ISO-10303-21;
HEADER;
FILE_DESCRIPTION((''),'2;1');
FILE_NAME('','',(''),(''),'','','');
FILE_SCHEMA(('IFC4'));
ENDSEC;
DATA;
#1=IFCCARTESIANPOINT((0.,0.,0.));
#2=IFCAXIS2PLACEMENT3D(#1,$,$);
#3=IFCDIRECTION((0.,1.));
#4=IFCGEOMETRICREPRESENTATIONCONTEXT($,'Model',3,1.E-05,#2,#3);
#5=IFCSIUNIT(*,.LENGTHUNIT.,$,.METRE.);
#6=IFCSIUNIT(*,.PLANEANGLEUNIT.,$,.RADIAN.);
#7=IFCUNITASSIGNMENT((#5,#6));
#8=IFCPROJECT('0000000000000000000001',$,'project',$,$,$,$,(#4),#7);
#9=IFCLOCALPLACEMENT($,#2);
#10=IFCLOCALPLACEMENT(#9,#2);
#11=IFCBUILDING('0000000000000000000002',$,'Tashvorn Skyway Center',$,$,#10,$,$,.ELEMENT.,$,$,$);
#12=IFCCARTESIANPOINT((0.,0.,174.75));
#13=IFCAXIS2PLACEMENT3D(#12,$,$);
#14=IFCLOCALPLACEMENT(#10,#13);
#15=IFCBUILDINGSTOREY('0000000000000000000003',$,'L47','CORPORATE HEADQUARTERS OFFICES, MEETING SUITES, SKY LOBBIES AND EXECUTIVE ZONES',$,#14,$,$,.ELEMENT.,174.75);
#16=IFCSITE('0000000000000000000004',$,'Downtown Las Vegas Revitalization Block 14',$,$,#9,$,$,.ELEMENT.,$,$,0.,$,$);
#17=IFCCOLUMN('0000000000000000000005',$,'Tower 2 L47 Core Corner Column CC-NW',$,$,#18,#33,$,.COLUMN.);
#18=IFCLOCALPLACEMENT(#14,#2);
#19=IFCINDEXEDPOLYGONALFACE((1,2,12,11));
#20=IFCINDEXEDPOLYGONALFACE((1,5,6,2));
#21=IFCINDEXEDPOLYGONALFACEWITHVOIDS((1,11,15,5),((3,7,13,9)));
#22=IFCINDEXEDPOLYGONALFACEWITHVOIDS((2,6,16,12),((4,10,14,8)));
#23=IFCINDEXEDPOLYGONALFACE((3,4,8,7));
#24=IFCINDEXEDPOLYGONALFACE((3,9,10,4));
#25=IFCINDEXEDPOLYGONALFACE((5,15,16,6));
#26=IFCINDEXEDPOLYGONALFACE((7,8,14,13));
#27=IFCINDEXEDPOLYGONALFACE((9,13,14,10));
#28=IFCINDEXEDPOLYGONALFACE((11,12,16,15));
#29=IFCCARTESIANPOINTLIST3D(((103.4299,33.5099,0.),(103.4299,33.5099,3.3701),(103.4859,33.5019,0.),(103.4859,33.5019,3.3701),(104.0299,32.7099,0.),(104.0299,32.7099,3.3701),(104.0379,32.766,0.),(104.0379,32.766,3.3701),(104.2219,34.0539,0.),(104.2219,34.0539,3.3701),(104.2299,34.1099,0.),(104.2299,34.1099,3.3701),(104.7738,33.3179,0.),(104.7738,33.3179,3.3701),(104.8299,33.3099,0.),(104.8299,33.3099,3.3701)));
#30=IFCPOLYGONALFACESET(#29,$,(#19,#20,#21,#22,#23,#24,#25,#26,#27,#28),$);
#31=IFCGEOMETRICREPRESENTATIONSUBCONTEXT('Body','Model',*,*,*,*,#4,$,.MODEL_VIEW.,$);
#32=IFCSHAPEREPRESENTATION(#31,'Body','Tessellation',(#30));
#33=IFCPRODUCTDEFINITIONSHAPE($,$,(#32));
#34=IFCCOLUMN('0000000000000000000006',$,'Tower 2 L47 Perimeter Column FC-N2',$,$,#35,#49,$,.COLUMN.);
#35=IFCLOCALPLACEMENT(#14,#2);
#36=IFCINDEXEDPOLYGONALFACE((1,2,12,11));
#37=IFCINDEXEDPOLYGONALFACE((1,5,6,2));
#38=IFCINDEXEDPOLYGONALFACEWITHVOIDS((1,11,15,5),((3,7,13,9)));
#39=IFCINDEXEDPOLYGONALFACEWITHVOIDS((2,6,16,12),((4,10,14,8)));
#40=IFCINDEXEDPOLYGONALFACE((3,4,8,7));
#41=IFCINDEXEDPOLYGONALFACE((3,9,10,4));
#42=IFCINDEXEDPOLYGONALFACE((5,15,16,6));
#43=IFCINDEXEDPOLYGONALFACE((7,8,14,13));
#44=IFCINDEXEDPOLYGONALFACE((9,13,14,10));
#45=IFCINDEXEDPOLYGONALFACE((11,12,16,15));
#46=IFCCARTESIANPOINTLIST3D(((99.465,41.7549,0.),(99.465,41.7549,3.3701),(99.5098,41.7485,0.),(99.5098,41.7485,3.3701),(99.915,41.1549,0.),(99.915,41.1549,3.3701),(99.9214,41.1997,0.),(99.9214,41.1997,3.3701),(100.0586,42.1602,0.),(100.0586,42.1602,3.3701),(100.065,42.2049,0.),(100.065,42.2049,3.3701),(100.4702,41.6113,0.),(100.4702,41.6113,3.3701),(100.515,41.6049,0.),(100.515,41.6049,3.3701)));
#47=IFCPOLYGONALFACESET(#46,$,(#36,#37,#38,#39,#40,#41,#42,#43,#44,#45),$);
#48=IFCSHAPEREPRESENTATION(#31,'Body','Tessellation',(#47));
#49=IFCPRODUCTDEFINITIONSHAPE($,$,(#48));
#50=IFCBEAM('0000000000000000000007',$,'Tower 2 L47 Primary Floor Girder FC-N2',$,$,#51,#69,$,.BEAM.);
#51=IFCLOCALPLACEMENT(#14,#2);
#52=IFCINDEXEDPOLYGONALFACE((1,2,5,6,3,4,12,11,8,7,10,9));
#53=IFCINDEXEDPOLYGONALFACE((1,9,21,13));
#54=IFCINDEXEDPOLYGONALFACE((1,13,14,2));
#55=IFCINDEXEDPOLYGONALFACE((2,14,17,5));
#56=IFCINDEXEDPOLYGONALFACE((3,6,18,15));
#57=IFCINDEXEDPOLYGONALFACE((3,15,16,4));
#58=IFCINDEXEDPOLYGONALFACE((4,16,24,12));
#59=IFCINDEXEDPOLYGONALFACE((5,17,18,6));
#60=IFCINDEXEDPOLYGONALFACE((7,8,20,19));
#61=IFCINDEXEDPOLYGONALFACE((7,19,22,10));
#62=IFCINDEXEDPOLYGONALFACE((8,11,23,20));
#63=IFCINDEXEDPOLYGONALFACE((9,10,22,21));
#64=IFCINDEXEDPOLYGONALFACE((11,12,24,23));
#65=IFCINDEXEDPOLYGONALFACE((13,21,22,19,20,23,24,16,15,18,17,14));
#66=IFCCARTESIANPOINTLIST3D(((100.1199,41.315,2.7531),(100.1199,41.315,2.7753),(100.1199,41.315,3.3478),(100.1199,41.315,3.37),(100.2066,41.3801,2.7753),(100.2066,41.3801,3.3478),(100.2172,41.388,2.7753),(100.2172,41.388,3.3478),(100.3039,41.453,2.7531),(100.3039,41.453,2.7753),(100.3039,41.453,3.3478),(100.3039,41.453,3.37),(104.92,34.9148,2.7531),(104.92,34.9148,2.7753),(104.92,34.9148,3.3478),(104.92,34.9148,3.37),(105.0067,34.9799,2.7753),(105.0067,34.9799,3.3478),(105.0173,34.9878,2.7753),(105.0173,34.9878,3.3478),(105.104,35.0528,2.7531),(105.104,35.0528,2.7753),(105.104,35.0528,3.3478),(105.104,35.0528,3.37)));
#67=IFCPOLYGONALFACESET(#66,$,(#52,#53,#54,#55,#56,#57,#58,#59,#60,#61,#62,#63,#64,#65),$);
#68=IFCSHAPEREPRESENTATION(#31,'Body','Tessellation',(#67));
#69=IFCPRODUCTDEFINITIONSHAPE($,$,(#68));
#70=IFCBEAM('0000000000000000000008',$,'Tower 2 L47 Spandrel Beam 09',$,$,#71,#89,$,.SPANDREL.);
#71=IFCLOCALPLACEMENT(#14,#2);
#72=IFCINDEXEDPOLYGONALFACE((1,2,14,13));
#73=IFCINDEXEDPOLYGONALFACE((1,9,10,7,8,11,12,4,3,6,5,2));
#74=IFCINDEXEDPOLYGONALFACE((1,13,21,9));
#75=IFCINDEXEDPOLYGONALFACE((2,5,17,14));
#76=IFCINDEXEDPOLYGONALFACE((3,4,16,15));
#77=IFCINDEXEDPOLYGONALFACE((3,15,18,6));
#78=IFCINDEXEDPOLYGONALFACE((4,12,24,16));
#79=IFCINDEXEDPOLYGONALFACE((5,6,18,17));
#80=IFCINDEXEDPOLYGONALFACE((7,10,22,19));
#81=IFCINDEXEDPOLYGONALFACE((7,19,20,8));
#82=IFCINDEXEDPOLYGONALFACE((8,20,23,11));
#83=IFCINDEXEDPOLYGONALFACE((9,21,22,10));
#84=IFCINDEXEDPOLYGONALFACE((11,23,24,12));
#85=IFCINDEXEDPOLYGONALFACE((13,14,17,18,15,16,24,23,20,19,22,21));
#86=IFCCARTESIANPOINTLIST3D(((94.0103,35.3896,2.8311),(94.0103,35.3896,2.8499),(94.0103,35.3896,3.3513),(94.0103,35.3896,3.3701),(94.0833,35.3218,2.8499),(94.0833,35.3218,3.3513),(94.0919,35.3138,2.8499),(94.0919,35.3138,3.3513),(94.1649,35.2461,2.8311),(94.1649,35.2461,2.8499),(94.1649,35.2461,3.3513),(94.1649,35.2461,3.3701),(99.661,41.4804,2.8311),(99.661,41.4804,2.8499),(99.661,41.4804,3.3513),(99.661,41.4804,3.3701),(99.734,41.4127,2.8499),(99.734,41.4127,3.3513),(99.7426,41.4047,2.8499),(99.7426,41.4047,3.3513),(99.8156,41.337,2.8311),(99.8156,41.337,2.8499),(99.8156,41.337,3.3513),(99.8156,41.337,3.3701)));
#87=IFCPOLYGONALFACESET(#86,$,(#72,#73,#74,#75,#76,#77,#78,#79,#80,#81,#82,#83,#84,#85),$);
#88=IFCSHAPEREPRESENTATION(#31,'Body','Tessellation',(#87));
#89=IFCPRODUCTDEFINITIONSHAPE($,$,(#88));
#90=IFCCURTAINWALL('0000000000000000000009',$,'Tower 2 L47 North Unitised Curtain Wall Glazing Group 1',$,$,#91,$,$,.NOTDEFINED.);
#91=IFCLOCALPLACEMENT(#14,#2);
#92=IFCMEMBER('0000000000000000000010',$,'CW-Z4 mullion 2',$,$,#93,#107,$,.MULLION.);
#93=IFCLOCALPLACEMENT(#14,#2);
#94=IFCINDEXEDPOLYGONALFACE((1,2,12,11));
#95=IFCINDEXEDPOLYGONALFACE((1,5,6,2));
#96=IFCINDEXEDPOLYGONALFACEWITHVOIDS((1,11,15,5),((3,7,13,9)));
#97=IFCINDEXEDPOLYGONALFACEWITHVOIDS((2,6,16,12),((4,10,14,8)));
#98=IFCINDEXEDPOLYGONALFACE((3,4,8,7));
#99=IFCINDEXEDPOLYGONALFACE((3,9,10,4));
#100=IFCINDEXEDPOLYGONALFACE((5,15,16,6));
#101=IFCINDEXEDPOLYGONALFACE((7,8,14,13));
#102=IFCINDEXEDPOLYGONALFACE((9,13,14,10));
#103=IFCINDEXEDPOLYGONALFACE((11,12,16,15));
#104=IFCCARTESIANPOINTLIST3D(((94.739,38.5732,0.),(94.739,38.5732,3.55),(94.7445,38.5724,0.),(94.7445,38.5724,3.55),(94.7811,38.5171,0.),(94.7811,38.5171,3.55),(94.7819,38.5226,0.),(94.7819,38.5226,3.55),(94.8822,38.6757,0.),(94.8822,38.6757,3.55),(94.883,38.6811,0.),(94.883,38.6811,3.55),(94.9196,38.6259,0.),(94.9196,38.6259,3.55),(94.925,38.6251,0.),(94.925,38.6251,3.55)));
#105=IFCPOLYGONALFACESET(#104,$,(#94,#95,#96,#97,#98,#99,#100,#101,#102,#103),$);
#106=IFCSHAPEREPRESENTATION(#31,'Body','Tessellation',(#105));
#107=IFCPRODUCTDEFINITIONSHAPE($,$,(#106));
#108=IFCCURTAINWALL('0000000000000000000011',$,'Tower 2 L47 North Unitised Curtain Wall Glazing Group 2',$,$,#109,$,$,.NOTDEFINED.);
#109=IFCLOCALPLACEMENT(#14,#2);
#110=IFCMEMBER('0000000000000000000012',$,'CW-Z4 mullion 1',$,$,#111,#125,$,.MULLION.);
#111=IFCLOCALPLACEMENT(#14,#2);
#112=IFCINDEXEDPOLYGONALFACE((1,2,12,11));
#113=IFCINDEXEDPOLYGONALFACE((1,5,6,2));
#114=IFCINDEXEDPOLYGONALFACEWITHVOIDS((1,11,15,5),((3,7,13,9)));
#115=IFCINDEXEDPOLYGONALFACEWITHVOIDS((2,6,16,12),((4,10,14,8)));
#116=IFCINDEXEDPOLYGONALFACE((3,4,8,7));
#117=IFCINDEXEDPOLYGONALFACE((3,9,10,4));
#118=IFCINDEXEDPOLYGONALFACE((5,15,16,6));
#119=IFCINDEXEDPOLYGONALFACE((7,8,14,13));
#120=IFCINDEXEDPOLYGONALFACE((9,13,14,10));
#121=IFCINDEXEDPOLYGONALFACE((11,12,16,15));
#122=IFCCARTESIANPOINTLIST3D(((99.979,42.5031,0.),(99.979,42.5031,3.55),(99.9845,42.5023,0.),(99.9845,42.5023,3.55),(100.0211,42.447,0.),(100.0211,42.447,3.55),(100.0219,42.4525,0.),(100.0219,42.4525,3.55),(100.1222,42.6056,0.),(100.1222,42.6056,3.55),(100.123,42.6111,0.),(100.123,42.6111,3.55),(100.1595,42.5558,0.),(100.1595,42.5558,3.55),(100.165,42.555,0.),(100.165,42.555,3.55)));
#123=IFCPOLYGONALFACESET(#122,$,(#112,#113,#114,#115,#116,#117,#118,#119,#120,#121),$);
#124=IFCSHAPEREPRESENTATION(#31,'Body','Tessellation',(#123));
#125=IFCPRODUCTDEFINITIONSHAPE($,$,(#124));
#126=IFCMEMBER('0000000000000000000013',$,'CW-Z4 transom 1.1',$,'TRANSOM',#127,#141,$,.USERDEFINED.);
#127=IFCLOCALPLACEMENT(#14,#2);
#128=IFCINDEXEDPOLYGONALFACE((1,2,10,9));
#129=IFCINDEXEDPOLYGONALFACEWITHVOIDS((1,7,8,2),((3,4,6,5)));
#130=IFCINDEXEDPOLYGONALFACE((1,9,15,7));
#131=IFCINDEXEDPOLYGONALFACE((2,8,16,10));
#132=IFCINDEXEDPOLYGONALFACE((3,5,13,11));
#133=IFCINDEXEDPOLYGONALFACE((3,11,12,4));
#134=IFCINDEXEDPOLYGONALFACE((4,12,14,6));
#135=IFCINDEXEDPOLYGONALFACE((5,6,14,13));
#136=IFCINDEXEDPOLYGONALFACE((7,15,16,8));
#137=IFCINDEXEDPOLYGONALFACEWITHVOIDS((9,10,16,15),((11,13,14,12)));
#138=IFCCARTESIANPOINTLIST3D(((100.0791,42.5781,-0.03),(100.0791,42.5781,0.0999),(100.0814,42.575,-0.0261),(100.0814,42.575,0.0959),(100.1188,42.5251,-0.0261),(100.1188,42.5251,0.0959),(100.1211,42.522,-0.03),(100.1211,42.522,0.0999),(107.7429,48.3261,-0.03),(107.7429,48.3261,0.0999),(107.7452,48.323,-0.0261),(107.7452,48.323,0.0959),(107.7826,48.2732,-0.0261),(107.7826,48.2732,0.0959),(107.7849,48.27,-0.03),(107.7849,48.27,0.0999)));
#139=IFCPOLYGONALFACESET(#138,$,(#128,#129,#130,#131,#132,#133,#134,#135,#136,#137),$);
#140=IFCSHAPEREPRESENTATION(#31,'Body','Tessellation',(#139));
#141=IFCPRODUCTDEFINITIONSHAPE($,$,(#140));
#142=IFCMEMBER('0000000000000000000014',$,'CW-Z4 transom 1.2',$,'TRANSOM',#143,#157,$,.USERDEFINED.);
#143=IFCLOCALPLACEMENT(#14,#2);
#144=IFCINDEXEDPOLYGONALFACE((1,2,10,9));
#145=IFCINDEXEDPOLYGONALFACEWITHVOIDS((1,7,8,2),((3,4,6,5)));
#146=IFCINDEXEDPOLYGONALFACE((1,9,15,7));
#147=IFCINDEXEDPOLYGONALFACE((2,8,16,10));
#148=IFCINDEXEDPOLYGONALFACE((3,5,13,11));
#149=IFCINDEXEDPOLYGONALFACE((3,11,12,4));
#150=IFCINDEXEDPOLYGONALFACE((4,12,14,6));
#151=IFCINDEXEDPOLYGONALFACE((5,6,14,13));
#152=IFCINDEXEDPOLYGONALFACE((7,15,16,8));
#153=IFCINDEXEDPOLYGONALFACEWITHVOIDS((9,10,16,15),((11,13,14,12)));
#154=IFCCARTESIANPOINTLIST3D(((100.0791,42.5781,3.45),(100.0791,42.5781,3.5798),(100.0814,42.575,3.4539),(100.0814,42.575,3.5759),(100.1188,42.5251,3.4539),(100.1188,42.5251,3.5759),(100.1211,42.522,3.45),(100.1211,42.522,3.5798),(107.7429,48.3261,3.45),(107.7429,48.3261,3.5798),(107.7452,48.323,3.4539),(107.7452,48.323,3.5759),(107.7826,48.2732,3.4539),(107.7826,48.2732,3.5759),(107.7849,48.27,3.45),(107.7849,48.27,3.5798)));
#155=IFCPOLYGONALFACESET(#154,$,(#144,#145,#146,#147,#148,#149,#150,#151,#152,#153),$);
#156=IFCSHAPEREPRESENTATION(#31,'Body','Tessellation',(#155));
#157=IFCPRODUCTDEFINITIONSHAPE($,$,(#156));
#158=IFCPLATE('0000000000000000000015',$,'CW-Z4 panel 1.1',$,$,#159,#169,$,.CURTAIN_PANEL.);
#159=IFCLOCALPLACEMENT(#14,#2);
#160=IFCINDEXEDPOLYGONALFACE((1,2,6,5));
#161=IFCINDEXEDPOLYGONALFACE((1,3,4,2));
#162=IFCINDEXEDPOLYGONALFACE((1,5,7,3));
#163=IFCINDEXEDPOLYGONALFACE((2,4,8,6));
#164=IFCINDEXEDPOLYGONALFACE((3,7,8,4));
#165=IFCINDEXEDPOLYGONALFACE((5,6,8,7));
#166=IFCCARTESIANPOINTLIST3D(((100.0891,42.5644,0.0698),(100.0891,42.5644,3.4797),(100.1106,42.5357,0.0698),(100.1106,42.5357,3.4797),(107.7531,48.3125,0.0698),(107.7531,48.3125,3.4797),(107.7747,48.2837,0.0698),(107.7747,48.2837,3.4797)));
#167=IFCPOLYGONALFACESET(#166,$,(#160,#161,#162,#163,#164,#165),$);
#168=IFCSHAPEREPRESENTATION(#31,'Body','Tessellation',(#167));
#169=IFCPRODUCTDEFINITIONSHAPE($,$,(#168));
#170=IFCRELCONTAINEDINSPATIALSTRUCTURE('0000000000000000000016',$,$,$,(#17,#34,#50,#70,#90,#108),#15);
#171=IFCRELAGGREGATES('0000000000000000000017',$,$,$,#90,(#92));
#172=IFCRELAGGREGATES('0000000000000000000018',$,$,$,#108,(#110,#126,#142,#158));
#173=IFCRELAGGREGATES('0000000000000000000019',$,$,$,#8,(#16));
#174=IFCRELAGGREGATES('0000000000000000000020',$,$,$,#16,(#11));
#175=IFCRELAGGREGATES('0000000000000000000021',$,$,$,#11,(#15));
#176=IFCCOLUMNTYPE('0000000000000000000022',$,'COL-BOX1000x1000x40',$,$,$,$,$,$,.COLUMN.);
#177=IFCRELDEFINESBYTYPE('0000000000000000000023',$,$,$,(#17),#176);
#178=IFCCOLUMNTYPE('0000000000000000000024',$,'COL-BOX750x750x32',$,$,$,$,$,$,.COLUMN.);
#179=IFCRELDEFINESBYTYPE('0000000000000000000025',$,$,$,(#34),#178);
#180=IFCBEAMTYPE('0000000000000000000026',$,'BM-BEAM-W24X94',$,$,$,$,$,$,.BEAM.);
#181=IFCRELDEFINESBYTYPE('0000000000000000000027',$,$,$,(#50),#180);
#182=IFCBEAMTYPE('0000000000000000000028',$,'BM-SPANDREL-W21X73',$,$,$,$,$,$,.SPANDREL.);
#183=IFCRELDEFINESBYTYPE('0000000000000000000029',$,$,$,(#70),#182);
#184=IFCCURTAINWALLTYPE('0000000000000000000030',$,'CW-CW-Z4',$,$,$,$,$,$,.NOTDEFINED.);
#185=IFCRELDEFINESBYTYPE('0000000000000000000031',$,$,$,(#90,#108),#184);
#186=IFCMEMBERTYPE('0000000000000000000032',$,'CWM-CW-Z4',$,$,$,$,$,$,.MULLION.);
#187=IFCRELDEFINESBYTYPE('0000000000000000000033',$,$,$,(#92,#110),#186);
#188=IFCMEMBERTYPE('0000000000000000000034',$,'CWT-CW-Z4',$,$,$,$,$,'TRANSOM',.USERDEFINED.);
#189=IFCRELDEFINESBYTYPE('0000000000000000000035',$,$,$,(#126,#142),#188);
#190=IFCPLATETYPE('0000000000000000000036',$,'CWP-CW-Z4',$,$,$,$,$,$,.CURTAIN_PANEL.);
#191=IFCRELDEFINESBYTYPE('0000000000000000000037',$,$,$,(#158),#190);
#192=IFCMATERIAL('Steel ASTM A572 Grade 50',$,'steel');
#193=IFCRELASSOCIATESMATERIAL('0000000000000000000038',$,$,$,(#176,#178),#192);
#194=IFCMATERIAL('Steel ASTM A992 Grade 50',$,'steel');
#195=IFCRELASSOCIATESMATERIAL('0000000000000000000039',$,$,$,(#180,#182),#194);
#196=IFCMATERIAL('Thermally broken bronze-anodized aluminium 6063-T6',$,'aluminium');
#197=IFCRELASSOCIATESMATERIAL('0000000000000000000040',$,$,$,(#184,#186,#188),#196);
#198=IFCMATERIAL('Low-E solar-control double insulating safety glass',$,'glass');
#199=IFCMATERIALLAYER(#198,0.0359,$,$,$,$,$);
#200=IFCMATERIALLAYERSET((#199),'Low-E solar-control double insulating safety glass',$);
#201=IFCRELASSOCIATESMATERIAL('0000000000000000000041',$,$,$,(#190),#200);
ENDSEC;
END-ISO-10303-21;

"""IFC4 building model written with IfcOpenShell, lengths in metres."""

from ifc_helpers import new_model, si_unit, direction, frame, origin, origin_2d, place, context, subcontext, project, spatial, rectangle, hollow_rectangle, i_section, extrude, material, layer, layer_set, material_profile, profile_set, type_object, element, aggregate, save


model = new_model("IFC4")

# Units and contexts
model_context = context("Model", 3, precision=1e-05, world=origin(), true_north=direction((0.0, 1.0)))
body_context = subcontext(model_context, "Body", "Model", "MODEL_VIEW")
ifc_project = project(units=[si_unit("LENGTHUNIT", "METRE"), si_unit("PLANEANGLEUNIT", "RADIAN")], contexts=[model_context])

# Site, building, storey
site_placement = place(None, origin())
site = spatial("IfcSite", under=ifc_project, at=site_placement, Name="Downtown Las Vegas Revitalization Block 14", CompositionType="ELEMENT", RefElevation=0.0)
building_placement = place(site_placement, origin())
building = spatial("IfcBuilding", under=site, at=building_placement, Name="Tashvorn Skyway Center", CompositionType="ELEMENT")
storey_placement = place(building_placement, frame((0.0, 0.0, 174.75)))
storey = spatial("IfcBuildingStorey", under=building, at=storey_placement, Name="L47", Description="CORPORATE HEADQUARTERS OFFICES, MEETING SUITES, SKY LOBBIES AND EXECUTIVE ZONES", CompositionType="ELEMENT", Elevation=174.75)

# Columns
ifc_material_1 = material(Name="Steel ASTM A572 Grade 50", Category="steel")
ifc_material_profile_1 = material_profile(ifc_material_1, hollow_rectangle(XDim=1.0, YDim=1.0, WallThickness=0.04, at=origin_2d()), Name="BOX1000x1000x40")
ifc_profile_set_1 = profile_set([ifc_material_profile_1], Name="Steel ASTM A572 Grade 50")
column_type_1 = type_object("IfcColumnType", Name="COL-BOX1000x1000x40", PredefinedType="COLUMN", material=ifc_profile_set_1)
column_1_placement = place(storey_placement, frame((104.1299, 33.4099, 0.0), z_axis=(0.0, 0.0, 1.0), x_axis=(0.8, 0.6, 0.0)))
element("IfcColumn", 1, at=column_1_placement, inside=storey, type_object=column_type_1, Name="Tower 2 L47 Core Corner Column CC-NW", PredefinedType="COLUMN", context=body_context, shape_type="SweptSolid", body=[
    extrude(hollow_rectangle(XDim=1.0, YDim=1.0, WallThickness=0.04, at=origin_2d()), origin(), (0.0, 0.0, 1.0), 3.3701),
])
ifc_material_profile_2 = material_profile(ifc_material_1, hollow_rectangle(XDim=0.75, YDim=0.75, WallThickness=0.032, at=origin_2d()), Name="BOX750x750x32")
ifc_profile_set_2 = profile_set([ifc_material_profile_2], Name="Steel ASTM A572 Grade 50")
column_type_2 = type_object("IfcColumnType", Name="COL-BOX750x750x32", PredefinedType="COLUMN", material=ifc_profile_set_2)
column_2_placement = place(storey_placement, frame((99.99, 41.6799, 0.0), z_axis=(0.0, 0.0, 1.0), x_axis=(0.8, 0.6, 0.0)))
element("IfcColumn", 2, at=column_2_placement, inside=storey, type_object=column_type_2, Name="Tower 2 L47 Perimeter Column FC-N2", PredefinedType="COLUMN", context=body_context, shape_type="SweptSolid", body=[
    extrude(hollow_rectangle(XDim=0.75, YDim=0.75, WallThickness=0.032, at=origin_2d()), origin(), (0.0, 0.0, 1.0), 3.3701),
])

# Beams
ifc_material_2 = material(Name="Steel ASTM A992 Grade 50", Category="steel")
ifc_material_profile_3 = material_profile(ifc_material_2, i_section(OverallWidth=0.23, OverallDepth=0.6169, WebThickness=0.0132, FlangeThickness=0.0222, at=origin_2d()), Name="W24X94")
ifc_profile_set_3 = profile_set([ifc_material_profile_3], Name="Steel ASTM A992 Grade 50")
beam_type_1 = type_object("IfcBeamType", Name="BM-BEAM-W24X94", PredefinedType="BEAM", material=ifc_profile_set_3)
beam_1_placement = place(storey_placement, frame((100.2119, 41.384, 3.0615), z_axis=(0.599995, -0.800004, 0.0), x_axis=(0.800004, 0.599995, 0.0)))
element("IfcBeam", 3, at=beam_1_placement, inside=storey, type_object=beam_type_1, Name="Tower 2 L47 Primary Floor Girder FC-N2", PredefinedType="BEAM", context=body_context, shape_type="SweptSolid", body=[
    extrude(i_section(OverallWidth=0.23, OverallDepth=0.6169, WebThickness=0.0132, FlangeThickness=0.0222, at=origin_2d()), origin(), (0.0, 0.0, 1.0), 8.0002),
])
ifc_material_profile_4 = material_profile(ifc_material_2, i_section(OverallWidth=0.2109, OverallDepth=0.5391, WebThickness=0.0117, FlangeThickness=0.0188, at=origin_2d()), Name="W21X73")
ifc_profile_set_4 = profile_set([ifc_material_profile_4], Name="Steel ASTM A992 Grade 50")
beam_type_2 = type_object("IfcBeamType", Name="BM-SPANDREL-W21X73", PredefinedType="SPANDREL", material=ifc_profile_set_4)
beam_2_placement = place(storey_placement, frame((99.7383, 41.4087, 3.1006), z_axis=(-0.68012, -0.733101, 0.0), x_axis=(0.733101, -0.68012, 0.0)))
element("IfcBeam", 4, at=beam_2_placement, inside=storey, type_object=beam_type_2, Name="Tower 2 L47 Spandrel Beam 09", PredefinedType="SPANDREL", context=body_context, shape_type="SweptSolid", body=[
    extrude(i_section(OverallWidth=0.2109, OverallDepth=0.5391, WebThickness=0.0117, FlangeThickness=0.0188, at=origin_2d()), origin(), (0.0, 0.0, 1.0), 8.3083),
])

# Curtain wall, member
ifc_material_3 = material(Name="Thermally broken bronze-anodized aluminium 6063-T6", Category="aluminium")
curtain_wall_type = type_object("IfcCurtainWallType", Name="CW-CW-Z4", PredefinedType="NOTDEFINED", material=ifc_material_3)
curtain_wall_1_placement = place(storey_placement, origin())
curtain_wall_1 = element("IfcCurtainWall", 5, at=curtain_wall_1_placement, inside=storey, type_object=curtain_wall_type, Name="Tower 2 L47 North Unitised Curtain Wall Glazing Group 1", PredefinedType="NOTDEFINED")
ifc_material_profile_5 = material_profile(ifc_material_3, hollow_rectangle(XDim=0.0701, YDim=0.1799, WallThickness=0.0039, at=origin_2d()), Name="ALU-MULL-70x180")
ifc_profile_set_5 = profile_set([ifc_material_profile_5], Name="Thermally broken bronze-anodized aluminium 6063-T6")
member_type_1 = type_object("IfcMemberType", Name="CWM-CW-Z4", PredefinedType="MULLION", material=ifc_profile_set_5)
member_1_placement = place(storey_placement, frame((94.832, 38.5991, 0.0), z_axis=(0.0, 0.0, 1.0), x_axis=(-0.6, 0.8, 0.0)))
member_1 = element("IfcMember", 6, at=member_1_placement, type_object=member_type_1, Name="CW-Z4 mullion 2", PredefinedType="MULLION", context=body_context, shape_type="SweptSolid", body=[
    extrude(hollow_rectangle(XDim=0.0701, YDim=0.1799, WallThickness=0.0039, at=origin_2d()), origin(), (0.0, 0.0, 1.0), 3.55),
])
aggregate(curtain_wall_1, [member_1])

# Curtain wall, members, plate
curtain_wall_2_placement = place(storey_placement, origin())
curtain_wall_2 = element("IfcCurtainWall", 7, at=curtain_wall_2_placement, inside=storey, type_object=curtain_wall_type, Name="Tower 2 L47 North Unitised Curtain Wall Glazing Group 2", PredefinedType="NOTDEFINED")
member_2_placement = place(storey_placement, frame((100.072, 42.5291, 0.0), z_axis=(0.0, 0.0, 1.0), x_axis=(-0.6, 0.8, 0.0)))
member_2 = element("IfcMember", 8, at=member_2_placement, type_object=member_type_1, Name="CW-Z4 mullion 1", PredefinedType="MULLION", context=body_context, shape_type="SweptSolid", body=[
    extrude(hollow_rectangle(XDim=0.0701, YDim=0.1799, WallThickness=0.0039, at=origin_2d()), origin(), (0.0, 0.0, 1.0), 3.55),
])
ifc_material_profile_6 = material_profile(ifc_material_3, hollow_rectangle(XDim=0.0701, YDim=0.1299, WallThickness=0.0039, at=origin_2d()), Name="ALU-TRAN-70x130")
ifc_profile_set_6 = profile_set([ifc_material_profile_6], Name="Thermally broken bronze-anodized aluminium 6063-T6")
member_type_2 = type_object("IfcMemberType", Name="CWT-CW-Z4", ElementType="TRANSOM", PredefinedType="USERDEFINED", material=ifc_profile_set_6)
member_3_placement = place(storey_placement, frame((100.1001, 42.55, 0.0349), z_axis=(0.799991, 0.600012, 0.0), x_axis=(-0.600012, 0.799991, 0.0)))
member_3 = element("IfcMember", 9, at=member_3_placement, type_object=member_type_2, Name="CW-Z4 transom 1.1", ObjectType="TRANSOM", PredefinedType="USERDEFINED", context=body_context, shape_type="SweptSolid", body=[
    extrude(hollow_rectangle(XDim=0.0701, YDim=0.1299, WallThickness=0.0039, at=origin_2d()), origin(), (0.0, 0.0, 1.0), 9.5798),
])
member_4_placement = place(storey_placement, frame((100.1001, 42.55, 3.5149), z_axis=(0.799991, 0.600012, 0.0), x_axis=(-0.600012, 0.799991, 0.0)))
member_4 = element("IfcMember", 10, at=member_4_placement, type_object=member_type_2, Name="CW-Z4 transom 1.2", ObjectType="TRANSOM", PredefinedType="USERDEFINED", context=body_context, shape_type="SweptSolid", body=[
    extrude(hollow_rectangle(XDim=0.0701, YDim=0.1299, WallThickness=0.0039, at=origin_2d()), origin(), (0.0, 0.0, 1.0), 9.5798),
])
ifc_material_4 = material(Name="Low-E solar-control double insulating safety glass", Category="glass")
ifc_layer_1 = layer(ifc_material_4, 0.0359)
ifc_layer_set_1 = layer_set([ifc_layer_1], Name="Low-E solar-control double insulating safety glass")
plate_type = type_object("IfcPlateType", Name="CWP-CW-Z4", PredefinedType="CURTAIN_PANEL", material=ifc_layer_set_1)
plate_placement = place(storey_placement, frame((103.9319, 45.4241, 0.0698), z_axis=(0.0, 0.0, 1.0), x_axis=(0.8, 0.6, 0.0)))
plate = element("IfcPlate", 11, at=plate_placement, type_object=plate_type, Name="CW-Z4 panel 1.1", PredefinedType="CURTAIN_PANEL", context=body_context, shape_type="SweptSolid", body=[
    extrude(rectangle(XDim=9.5801, YDim=0.0359, at=origin_2d()), origin(), (0.0, 0.0, 1.0), 3.4099),
])
aggregate(curtain_wall_2, [member_2, member_3, member_4, plate])

save(model, "model.ifc")
